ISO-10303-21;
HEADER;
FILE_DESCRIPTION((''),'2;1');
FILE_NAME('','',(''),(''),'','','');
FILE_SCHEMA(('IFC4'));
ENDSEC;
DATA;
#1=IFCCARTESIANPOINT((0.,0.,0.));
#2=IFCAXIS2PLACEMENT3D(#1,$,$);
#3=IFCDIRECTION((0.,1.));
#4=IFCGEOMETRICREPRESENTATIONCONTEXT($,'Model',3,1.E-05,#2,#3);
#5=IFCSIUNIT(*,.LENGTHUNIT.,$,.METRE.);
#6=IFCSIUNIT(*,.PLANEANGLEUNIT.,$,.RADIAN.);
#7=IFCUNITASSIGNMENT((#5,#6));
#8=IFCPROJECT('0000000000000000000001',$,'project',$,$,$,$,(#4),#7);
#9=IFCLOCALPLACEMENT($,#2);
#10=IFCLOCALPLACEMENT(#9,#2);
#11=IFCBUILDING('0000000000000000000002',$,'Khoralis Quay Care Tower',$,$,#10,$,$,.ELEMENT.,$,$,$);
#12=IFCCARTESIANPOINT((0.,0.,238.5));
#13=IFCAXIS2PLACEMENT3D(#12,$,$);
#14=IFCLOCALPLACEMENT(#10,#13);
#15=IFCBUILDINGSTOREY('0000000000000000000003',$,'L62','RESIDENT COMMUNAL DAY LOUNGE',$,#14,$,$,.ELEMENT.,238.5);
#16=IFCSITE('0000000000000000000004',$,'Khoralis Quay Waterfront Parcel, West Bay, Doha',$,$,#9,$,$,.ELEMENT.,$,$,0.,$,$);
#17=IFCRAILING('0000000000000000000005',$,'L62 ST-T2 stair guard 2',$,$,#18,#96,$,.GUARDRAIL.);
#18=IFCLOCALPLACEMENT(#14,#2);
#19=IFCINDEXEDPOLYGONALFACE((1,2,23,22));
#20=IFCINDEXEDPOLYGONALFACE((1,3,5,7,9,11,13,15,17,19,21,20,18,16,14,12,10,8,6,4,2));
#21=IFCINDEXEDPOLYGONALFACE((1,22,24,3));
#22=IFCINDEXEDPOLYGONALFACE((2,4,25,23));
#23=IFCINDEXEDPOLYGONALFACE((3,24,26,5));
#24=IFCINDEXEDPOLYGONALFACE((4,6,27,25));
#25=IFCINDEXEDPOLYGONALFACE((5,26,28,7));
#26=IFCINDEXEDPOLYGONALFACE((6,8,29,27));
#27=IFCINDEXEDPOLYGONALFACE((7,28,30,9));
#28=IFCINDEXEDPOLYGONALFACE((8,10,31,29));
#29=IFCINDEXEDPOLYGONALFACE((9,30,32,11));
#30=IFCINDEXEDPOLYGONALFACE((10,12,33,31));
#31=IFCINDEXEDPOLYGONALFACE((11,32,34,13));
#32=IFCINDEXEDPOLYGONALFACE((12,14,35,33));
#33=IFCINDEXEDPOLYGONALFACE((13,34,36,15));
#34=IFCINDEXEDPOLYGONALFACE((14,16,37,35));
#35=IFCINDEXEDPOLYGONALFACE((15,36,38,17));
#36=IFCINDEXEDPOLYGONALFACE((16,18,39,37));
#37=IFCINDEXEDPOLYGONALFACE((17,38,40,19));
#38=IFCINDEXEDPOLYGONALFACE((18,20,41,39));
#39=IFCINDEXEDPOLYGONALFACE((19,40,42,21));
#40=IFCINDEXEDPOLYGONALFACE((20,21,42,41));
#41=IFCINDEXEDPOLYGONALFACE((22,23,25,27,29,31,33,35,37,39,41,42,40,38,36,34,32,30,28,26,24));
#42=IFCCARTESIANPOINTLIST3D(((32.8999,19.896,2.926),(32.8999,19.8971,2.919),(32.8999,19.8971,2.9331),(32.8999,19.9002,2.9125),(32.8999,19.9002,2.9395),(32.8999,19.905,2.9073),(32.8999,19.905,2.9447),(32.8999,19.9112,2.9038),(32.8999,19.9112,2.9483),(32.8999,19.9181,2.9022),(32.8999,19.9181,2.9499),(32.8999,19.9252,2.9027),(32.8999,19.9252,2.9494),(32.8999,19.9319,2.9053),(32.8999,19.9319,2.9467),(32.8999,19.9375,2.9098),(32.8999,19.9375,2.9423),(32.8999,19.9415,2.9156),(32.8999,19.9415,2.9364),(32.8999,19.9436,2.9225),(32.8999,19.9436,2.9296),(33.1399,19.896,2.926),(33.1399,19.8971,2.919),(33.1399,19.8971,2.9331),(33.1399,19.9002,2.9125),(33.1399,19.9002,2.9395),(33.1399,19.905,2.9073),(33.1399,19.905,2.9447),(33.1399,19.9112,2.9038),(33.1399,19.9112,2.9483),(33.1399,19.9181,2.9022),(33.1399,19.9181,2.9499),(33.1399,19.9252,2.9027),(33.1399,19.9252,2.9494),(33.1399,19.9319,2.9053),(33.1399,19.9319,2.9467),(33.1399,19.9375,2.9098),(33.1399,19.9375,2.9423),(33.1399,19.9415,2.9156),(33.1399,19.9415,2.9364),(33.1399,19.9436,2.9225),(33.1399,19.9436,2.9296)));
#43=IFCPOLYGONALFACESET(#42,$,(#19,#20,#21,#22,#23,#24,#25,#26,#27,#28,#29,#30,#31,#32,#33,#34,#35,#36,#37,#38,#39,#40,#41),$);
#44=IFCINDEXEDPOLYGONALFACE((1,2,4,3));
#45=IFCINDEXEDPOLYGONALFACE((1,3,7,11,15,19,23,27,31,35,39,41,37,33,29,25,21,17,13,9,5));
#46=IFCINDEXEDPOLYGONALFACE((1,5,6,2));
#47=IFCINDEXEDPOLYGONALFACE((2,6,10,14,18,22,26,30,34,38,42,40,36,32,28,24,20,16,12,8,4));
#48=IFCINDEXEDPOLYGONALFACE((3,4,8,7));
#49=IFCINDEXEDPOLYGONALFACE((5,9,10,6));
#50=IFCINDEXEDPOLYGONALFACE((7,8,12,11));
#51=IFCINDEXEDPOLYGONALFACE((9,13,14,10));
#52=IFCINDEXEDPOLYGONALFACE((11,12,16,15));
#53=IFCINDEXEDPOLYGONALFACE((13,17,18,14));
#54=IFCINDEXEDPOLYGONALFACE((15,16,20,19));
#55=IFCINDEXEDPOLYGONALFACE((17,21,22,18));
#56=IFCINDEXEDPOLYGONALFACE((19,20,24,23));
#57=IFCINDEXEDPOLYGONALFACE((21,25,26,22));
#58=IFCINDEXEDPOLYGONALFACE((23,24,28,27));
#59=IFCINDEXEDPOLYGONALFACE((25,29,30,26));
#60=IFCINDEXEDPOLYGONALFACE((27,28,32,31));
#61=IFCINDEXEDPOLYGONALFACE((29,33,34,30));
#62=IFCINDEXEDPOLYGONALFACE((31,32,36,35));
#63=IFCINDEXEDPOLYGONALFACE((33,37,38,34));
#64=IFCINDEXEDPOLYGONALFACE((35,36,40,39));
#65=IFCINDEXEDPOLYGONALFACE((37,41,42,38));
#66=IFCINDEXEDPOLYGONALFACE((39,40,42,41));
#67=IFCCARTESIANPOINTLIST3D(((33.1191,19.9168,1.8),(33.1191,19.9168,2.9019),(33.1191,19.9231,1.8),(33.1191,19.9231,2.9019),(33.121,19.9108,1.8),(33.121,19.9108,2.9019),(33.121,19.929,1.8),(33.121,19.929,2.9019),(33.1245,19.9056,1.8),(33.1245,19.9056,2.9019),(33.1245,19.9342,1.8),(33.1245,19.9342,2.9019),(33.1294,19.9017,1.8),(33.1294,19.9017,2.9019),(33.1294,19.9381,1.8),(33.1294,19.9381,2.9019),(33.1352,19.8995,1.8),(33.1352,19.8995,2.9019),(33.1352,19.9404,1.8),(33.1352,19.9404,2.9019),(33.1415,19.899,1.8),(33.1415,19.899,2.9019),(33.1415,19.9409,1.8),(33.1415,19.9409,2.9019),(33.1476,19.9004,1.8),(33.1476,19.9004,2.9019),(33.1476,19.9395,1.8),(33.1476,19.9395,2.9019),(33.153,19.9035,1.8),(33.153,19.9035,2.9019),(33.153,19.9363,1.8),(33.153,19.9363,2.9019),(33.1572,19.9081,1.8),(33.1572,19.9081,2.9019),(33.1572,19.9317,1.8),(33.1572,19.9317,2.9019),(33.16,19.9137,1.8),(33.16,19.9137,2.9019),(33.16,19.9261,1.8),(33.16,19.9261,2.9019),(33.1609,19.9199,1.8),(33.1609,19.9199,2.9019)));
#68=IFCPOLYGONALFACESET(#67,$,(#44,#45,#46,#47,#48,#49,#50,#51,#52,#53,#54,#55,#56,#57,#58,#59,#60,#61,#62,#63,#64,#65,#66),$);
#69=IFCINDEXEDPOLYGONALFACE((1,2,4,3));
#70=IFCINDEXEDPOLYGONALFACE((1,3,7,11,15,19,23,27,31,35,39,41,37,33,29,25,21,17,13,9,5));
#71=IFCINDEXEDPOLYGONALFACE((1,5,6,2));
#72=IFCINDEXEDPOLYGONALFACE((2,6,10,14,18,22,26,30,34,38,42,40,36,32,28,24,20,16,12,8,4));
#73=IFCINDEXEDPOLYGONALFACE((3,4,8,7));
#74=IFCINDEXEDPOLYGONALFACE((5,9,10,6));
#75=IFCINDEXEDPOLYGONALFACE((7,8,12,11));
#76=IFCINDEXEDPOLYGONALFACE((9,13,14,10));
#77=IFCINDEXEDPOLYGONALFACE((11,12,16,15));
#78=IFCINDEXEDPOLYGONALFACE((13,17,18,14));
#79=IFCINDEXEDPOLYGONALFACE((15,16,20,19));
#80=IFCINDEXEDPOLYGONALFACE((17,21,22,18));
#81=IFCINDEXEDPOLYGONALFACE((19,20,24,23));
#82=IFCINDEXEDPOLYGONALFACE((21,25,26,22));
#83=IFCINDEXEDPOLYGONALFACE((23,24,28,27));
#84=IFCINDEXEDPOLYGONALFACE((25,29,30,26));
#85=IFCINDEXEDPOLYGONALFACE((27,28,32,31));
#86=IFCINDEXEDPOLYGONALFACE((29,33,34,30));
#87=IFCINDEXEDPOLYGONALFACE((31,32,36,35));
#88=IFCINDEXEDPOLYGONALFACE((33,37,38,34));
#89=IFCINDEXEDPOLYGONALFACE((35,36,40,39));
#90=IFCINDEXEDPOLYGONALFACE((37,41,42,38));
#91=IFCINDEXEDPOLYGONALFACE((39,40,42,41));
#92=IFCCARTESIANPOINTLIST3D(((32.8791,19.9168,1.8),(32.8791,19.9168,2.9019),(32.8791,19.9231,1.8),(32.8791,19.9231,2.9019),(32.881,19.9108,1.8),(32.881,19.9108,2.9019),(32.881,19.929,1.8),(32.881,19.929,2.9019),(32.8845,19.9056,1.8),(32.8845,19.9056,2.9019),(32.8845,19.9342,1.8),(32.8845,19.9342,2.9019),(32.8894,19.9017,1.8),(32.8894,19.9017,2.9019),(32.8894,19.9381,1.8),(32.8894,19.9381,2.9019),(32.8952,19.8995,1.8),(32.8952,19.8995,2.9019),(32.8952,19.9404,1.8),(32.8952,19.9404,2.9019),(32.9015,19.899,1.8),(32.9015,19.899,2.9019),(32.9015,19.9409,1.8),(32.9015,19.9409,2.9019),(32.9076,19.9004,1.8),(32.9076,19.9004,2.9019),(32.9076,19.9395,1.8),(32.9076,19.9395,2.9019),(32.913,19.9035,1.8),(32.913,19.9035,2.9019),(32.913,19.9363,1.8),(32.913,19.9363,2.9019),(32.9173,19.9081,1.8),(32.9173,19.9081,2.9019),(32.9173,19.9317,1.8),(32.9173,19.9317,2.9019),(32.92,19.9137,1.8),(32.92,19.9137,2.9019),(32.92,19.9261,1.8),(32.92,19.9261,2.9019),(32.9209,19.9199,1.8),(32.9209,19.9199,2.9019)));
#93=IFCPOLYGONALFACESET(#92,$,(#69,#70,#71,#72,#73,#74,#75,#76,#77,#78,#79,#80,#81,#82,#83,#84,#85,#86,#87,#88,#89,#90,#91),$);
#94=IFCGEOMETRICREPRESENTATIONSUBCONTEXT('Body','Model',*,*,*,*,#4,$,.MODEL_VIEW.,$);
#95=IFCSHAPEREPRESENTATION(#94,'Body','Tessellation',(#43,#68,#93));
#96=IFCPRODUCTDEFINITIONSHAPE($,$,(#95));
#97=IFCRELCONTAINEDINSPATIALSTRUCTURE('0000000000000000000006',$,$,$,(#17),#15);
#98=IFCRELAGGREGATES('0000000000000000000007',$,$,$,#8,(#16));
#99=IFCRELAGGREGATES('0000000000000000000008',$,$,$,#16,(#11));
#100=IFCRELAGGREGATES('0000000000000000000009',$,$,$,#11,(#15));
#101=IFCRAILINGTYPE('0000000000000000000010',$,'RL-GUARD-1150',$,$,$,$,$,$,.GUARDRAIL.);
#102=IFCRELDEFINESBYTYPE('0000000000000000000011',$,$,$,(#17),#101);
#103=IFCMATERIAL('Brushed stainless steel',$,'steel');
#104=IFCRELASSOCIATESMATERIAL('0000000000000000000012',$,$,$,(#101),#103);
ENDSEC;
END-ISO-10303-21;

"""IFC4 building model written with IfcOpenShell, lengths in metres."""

from ifc_helpers import new_model, si_unit, direction, frame, origin, origin_2d, place, context, subcontext, project, spatial, circle, extrude, material, type_object, element, save


model = new_model("IFC4")

# Units and contexts
model_context = context("Model", 3, precision=1e-05, world=origin(), true_north=direction((0.0, 1.0)))
body_context = subcontext(model_context, "Body", "Model", "MODEL_VIEW")
ifc_project = project(units=[si_unit("LENGTHUNIT", "METRE"), si_unit("PLANEANGLEUNIT", "RADIAN")], contexts=[model_context])

# Site, building, storey
site_placement = place(None, origin())
site = spatial("IfcSite", under=ifc_project, at=site_placement, Name="Khoralis Quay Waterfront Parcel, West Bay, Doha", CompositionType="ELEMENT", RefElevation=0.0)
building_placement = place(site_placement, origin())
building = spatial("IfcBuilding", under=site, at=building_placement, Name="Khoralis Quay Care Tower", CompositionType="ELEMENT")
storey_placement = place(building_placement, frame((0.0, 0.0, 238.5)))
storey = spatial("IfcBuildingStorey", under=building, at=storey_placement, Name="L62", Description="RESIDENT COMMUNAL DAY LOUNGE", CompositionType="ELEMENT", Elevation=238.5)

# Railing
ifc_material_1 = material(Name="Brushed stainless steel", Category="steel")
railing_type_1 = type_object("IfcRailingType", Name="RL-GUARD-1150", PredefinedType="GUARDRAIL", material=ifc_material_1)
railing_1_placement = place(storey_placement, frame((33.1399, 19.9199, 1.8)))
element("IfcRailing", 1, at=railing_1_placement, inside=storey, type_object=railing_type_1, Name="L62 ST-T2 stair guard 2", PredefinedType="GUARDRAIL", context=body_context, shape_type="SweptSolid", body=[
    extrude(circle(Radius=0.0239, at=origin_2d()), frame((0.0, 0.0, 1.126), z_axis=(-1.0, 0.0, 0.0), x_axis=(0.0, -1.0, 0.0)), (0.0, 0.0, 1.0), 0.24),
    extrude(circle(Radius=0.021, at=origin_2d()), origin(), (0.0, 0.0, 1.0), 1.1018),
    extrude(circle(Radius=0.021, at=origin_2d()), frame((-0.24, 0.0, 0.0)), (0.0, 0.0, 1.0), 1.1018),
])

save(model, "model.ifc")
